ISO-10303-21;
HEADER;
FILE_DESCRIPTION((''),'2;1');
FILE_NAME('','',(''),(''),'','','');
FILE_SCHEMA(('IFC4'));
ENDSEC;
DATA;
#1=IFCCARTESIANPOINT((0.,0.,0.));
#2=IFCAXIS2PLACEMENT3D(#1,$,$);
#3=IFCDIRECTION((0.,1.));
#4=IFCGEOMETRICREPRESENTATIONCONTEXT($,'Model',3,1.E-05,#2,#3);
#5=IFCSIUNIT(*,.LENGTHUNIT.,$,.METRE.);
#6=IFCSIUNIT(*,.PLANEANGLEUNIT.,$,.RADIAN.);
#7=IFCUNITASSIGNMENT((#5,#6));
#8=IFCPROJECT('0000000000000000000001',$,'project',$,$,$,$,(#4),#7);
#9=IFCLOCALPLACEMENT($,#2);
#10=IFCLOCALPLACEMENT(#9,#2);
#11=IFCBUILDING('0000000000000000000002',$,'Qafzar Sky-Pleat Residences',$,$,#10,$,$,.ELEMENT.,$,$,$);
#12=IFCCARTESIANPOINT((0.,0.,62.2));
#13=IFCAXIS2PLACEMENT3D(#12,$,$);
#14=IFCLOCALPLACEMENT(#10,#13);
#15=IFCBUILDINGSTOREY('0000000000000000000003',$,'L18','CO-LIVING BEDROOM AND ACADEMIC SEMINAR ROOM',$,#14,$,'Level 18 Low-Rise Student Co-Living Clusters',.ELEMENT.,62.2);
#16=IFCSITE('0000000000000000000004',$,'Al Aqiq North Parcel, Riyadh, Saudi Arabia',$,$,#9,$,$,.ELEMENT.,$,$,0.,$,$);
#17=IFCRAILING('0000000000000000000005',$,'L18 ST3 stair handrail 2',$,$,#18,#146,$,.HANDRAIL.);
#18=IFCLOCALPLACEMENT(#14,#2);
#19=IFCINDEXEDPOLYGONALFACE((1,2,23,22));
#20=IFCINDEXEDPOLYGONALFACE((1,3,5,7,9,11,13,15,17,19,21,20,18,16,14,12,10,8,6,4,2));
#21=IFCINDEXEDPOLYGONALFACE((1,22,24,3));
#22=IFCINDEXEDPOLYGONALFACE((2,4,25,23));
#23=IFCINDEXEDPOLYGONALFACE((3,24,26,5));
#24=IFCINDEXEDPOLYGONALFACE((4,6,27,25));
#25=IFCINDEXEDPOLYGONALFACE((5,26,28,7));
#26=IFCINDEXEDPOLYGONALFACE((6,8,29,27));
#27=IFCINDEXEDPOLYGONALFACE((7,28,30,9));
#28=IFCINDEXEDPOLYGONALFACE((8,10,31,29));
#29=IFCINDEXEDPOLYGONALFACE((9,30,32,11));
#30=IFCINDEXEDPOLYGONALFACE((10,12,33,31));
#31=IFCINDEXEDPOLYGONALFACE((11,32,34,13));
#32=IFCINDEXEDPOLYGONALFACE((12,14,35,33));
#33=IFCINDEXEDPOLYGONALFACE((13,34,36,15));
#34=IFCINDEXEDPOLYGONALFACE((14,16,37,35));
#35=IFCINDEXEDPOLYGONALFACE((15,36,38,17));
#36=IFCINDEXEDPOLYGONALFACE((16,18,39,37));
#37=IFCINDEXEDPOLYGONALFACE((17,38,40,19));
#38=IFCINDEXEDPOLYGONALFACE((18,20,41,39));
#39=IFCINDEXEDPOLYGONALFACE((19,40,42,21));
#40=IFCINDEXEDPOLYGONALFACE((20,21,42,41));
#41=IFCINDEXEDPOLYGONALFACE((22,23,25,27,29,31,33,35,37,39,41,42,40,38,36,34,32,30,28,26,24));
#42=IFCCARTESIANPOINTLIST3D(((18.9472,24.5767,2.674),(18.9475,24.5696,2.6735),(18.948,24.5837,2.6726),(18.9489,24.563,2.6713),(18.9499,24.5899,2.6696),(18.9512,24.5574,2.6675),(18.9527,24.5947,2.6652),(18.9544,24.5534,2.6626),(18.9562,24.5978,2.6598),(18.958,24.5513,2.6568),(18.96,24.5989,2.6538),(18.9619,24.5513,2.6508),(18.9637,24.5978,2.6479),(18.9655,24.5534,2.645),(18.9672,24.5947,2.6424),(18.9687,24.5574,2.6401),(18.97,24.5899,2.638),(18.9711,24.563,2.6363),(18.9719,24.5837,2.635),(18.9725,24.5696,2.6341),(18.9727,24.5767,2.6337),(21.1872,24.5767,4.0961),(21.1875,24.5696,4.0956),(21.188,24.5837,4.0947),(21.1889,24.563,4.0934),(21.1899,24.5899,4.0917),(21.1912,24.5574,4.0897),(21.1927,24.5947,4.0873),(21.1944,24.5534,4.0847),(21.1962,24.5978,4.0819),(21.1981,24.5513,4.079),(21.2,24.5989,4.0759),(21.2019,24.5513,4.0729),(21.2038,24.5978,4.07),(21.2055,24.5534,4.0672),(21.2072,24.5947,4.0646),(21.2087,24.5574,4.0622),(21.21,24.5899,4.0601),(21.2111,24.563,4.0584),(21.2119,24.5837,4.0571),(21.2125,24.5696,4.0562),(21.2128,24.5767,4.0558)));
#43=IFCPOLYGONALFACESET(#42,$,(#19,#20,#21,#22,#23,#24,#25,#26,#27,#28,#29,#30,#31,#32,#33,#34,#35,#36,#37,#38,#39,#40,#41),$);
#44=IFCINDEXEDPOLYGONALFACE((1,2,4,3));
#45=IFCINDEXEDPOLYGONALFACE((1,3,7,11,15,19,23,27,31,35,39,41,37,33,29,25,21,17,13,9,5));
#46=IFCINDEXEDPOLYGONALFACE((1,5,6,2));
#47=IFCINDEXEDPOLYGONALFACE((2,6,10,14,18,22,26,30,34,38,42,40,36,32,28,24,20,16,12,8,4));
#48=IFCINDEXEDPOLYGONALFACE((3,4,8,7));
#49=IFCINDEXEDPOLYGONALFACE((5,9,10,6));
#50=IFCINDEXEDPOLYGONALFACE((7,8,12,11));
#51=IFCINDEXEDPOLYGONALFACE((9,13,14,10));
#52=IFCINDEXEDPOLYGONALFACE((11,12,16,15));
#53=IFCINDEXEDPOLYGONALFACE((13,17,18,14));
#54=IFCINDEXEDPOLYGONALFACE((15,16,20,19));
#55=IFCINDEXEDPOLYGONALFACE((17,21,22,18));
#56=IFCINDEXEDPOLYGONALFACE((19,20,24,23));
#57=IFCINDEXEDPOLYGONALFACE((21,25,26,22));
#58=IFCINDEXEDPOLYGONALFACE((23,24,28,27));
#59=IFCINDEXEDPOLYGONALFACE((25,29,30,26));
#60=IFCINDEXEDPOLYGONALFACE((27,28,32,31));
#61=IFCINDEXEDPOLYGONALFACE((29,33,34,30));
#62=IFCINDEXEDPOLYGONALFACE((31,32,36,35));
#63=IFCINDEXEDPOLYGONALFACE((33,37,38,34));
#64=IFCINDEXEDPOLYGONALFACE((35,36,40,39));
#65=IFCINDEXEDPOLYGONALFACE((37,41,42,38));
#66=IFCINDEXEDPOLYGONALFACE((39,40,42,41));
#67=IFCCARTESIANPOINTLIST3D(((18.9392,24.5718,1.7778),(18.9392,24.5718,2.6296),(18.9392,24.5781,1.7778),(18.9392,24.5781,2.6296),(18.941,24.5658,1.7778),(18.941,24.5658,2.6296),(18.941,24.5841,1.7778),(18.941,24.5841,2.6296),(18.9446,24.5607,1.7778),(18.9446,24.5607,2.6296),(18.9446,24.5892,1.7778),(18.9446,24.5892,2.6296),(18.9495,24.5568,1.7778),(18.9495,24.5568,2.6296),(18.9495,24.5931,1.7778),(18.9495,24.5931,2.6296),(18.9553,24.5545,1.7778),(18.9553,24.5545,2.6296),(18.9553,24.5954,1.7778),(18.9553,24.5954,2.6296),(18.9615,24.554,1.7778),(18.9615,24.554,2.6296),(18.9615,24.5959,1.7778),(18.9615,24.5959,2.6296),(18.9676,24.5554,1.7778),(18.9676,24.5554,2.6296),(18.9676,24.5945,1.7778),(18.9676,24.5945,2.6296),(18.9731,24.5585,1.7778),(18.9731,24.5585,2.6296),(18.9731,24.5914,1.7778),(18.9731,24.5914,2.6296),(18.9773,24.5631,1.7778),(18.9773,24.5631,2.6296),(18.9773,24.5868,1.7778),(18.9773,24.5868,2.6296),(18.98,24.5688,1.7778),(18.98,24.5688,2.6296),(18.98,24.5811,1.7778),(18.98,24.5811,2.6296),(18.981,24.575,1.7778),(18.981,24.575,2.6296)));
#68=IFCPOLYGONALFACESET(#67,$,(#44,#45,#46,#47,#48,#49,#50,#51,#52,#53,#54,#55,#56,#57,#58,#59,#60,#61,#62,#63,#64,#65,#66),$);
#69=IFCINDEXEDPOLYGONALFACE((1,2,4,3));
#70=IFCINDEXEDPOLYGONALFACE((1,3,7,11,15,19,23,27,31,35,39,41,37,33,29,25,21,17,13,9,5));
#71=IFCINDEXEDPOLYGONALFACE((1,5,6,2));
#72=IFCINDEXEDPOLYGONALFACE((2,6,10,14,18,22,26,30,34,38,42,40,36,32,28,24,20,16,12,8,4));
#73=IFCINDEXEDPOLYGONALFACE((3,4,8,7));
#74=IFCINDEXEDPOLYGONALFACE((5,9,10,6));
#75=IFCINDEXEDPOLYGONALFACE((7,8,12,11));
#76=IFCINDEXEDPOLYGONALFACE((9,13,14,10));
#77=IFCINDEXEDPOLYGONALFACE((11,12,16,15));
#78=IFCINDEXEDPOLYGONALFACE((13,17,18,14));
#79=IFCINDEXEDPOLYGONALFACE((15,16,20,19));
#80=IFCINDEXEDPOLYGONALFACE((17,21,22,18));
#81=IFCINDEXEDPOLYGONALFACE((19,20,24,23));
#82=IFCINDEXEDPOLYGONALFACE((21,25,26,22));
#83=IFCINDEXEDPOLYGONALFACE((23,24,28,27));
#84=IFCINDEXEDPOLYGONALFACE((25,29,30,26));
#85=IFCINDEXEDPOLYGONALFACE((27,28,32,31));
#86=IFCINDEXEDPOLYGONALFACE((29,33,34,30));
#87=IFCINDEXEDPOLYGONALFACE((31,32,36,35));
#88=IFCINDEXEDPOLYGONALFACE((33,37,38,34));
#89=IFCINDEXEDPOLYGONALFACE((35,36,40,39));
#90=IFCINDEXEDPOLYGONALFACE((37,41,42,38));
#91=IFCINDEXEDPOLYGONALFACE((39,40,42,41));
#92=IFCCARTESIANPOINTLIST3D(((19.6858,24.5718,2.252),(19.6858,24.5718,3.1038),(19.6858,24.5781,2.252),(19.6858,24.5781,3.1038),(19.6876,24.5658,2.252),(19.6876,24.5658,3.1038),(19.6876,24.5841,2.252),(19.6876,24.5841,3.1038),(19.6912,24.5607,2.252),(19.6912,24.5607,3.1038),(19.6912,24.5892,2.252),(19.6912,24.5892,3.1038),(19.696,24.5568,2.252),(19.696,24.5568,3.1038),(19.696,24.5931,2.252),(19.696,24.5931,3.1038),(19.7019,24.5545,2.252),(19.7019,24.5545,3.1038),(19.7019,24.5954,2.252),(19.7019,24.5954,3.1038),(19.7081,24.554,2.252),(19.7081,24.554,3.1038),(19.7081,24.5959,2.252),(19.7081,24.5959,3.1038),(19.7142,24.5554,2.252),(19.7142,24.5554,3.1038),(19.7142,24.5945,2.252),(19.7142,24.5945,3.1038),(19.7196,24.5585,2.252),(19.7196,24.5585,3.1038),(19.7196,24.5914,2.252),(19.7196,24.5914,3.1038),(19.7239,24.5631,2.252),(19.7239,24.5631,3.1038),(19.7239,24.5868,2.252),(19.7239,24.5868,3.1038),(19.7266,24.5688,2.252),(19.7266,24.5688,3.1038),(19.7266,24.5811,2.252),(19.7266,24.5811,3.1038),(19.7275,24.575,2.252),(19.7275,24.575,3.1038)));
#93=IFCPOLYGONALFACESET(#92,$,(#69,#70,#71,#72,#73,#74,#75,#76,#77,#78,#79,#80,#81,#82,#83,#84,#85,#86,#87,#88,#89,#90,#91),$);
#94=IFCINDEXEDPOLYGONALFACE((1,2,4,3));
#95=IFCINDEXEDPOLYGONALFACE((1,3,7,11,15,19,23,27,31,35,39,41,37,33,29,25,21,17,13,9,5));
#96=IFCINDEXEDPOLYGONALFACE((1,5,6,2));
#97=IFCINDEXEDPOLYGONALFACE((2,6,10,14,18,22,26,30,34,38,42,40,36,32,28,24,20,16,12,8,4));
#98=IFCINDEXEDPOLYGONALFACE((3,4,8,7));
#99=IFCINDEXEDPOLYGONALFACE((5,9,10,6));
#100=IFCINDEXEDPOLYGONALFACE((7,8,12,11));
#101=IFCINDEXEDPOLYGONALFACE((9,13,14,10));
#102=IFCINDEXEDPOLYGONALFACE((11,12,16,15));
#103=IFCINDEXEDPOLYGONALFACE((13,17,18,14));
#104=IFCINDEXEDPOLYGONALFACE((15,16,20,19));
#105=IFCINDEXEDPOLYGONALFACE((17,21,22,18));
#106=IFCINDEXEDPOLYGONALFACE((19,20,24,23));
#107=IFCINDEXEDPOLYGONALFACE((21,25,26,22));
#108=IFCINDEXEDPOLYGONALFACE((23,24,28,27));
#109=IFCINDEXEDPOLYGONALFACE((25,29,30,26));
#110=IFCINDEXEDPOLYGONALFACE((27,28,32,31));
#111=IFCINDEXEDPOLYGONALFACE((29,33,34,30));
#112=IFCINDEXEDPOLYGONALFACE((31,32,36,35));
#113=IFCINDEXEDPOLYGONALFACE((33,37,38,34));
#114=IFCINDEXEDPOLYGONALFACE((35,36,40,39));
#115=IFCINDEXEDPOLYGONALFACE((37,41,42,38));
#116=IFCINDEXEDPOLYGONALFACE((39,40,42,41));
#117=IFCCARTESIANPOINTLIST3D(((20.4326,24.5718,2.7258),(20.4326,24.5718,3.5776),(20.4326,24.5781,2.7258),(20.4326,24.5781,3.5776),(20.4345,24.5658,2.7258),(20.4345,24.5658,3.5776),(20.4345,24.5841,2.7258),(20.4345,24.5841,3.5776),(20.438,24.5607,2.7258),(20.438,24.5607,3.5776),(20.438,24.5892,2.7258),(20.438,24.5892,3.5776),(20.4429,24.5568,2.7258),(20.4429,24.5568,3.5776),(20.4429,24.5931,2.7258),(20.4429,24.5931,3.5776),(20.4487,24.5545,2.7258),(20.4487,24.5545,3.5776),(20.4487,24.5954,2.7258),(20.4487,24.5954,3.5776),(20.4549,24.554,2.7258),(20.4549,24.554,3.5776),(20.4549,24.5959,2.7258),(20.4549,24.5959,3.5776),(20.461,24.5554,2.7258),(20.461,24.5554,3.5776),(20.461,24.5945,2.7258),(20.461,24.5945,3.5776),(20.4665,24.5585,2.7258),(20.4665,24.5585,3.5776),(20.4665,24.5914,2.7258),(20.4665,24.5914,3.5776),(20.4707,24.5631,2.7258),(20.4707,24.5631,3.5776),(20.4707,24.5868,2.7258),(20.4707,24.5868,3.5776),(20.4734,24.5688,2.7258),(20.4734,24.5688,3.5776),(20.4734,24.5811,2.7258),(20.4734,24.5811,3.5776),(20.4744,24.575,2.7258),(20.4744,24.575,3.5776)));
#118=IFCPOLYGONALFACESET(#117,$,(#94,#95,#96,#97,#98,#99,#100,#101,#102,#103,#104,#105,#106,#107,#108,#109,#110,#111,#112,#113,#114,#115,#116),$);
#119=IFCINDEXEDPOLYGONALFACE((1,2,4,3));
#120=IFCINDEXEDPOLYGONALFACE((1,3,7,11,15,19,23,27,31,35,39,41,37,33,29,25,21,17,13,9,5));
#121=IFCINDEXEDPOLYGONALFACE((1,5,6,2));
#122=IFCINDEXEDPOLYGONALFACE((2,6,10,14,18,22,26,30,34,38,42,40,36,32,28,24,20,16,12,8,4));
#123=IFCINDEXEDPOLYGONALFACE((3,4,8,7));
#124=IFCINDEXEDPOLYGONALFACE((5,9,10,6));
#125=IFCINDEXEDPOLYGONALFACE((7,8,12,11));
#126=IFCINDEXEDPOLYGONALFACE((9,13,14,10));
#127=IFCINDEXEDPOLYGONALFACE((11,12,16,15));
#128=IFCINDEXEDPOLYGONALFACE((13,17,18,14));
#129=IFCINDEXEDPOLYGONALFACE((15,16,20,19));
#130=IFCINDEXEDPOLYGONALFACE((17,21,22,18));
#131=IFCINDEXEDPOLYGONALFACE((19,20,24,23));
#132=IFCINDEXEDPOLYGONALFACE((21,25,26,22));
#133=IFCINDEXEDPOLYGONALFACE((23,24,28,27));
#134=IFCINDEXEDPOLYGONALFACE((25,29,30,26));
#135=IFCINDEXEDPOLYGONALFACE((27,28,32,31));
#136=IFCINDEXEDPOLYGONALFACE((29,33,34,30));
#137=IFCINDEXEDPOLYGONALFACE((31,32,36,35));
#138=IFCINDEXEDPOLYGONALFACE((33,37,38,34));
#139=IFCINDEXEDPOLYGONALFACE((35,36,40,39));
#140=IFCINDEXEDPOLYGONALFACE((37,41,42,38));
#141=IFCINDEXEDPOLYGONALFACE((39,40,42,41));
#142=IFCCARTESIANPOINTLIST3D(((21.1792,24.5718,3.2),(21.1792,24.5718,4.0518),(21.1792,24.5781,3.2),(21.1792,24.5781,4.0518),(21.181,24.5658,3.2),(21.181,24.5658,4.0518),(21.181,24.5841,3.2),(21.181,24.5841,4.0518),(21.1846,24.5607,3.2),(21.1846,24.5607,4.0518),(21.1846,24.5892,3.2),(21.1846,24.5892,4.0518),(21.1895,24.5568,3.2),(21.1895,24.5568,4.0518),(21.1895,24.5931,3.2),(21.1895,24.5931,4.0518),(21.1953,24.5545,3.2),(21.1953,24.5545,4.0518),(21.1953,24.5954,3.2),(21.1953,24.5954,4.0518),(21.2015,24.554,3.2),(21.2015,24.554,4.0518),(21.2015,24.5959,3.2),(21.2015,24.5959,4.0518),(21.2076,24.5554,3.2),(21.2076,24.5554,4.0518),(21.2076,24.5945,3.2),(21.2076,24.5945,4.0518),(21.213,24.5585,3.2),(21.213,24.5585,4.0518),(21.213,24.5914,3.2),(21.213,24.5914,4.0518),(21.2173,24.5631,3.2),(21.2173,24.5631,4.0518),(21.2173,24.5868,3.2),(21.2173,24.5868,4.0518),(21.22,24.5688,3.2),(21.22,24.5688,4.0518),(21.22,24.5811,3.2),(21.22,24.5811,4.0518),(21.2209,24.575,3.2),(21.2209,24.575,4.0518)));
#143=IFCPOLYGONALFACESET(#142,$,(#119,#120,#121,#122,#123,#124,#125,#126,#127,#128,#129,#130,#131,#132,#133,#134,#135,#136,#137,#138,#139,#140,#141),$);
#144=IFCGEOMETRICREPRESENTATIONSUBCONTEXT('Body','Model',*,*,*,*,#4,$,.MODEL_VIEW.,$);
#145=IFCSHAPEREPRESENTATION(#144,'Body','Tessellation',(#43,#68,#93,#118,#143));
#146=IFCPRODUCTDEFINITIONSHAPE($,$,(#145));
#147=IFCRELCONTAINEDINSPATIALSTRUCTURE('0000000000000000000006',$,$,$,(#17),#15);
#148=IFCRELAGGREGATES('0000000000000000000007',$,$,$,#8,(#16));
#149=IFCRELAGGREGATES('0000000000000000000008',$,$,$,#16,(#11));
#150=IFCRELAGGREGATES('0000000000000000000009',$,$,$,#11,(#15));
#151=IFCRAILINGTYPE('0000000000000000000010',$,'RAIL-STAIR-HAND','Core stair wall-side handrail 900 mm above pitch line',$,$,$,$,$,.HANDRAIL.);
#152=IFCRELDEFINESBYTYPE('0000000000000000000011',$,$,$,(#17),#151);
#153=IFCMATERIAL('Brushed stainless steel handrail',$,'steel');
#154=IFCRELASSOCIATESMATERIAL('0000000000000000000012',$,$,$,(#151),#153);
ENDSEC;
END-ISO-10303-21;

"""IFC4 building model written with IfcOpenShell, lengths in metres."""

from ifc_helpers import new_model, si_unit, direction, frame, origin, origin_2d, place, context, subcontext, project, spatial, circle, extrude, source, transform, mapped, material, type_object, element, save


model = new_model("IFC4")

# Units and contexts
model_context = context("Model", 3, precision=1e-05, world=origin(), true_north=direction((0.0, 1.0)))
body_context = subcontext(model_context, "Body", "Model", "MODEL_VIEW")
ifc_project = project(units=[si_unit("LENGTHUNIT", "METRE"), si_unit("PLANEANGLEUNIT", "RADIAN")], contexts=[model_context])

# Site, building, storey
site_placement = place(None, origin())
site = spatial("IfcSite", under=ifc_project, at=site_placement, Name="Al Aqiq North Parcel, Riyadh, Saudi Arabia", CompositionType="ELEMENT", RefElevation=0.0)
building_placement = place(site_placement, origin())
building = spatial("IfcBuilding", under=site, at=building_placement, Name="Qafzar Sky-Pleat Residences", CompositionType="ELEMENT")
storey_placement = place(building_placement, frame((0.0, 0.0, 62.2)))
storey = spatial("IfcBuildingStorey", under=building, at=storey_placement, Name="L18", Description="CO-LIVING BEDROOM AND ACADEMIC SEMINAR ROOM", LongName="Level 18 Low-Rise Student Co-Living Clusters", CompositionType="ELEMENT", Elevation=62.2)

# Railing
ifc_material_1 = material(Name="Brushed stainless steel handrail", Category="steel")
railing_type_1 = type_object("IfcRailingType", Name="RAIL-STAIR-HAND", Description="Core stair wall-side handrail 900 mm above pitch line", PredefinedType="HANDRAIL", material=ifc_material_1)
shared_shape_1 = source(origin(), body_context, "Body", "SweptSolid", [
    extrude(circle(Radius=0.0239, at=origin_2d()), frame((0.0, 0.0, 0.876), z_axis=(0.844229, 0.0, 0.535982), x_axis=(0.0, 1.0, 0.0)), (0.0, 0.0, 1.0), 2.6533),
    extrude(circle(Radius=0.021, at=origin_2d()), origin(), (0.0, 0.0, 1.0), 0.8518),
    extrude(circle(Radius=0.021, at=origin_2d()), frame((0.7466, 0.0, 0.4741)), (0.0, 0.0, 1.0), 0.8518),
    extrude(circle(Radius=0.021, at=origin_2d()), frame((1.4934, 0.0, 0.948)), (0.0, 0.0, 1.0), 0.8518),
    extrude(circle(Radius=0.021, at=origin_2d()), frame((2.24, 0.0, 1.4221)), (0.0, 0.0, 1.0), 0.8518),
])
railing_1_placement = place(storey_placement, frame((18.96, 24.575, 1.7778)))
element("IfcRailing", 1, at=railing_1_placement, inside=storey, type_object=railing_type_1, Name="L18 ST3 stair handrail 2", PredefinedType="HANDRAIL", context=body_context, shape_type="MappedRepresentation", body=[
    mapped(shared_shape_1, transform((0.0, 0.0, 0.0), x_axis=(1.0, 0.0, 0.0), y_axis=(0.0, 1.0, 0.0), z_axis=(0.0, 0.0, 1.0), scale=1.0)),
])

save(model, "model.ifc")
